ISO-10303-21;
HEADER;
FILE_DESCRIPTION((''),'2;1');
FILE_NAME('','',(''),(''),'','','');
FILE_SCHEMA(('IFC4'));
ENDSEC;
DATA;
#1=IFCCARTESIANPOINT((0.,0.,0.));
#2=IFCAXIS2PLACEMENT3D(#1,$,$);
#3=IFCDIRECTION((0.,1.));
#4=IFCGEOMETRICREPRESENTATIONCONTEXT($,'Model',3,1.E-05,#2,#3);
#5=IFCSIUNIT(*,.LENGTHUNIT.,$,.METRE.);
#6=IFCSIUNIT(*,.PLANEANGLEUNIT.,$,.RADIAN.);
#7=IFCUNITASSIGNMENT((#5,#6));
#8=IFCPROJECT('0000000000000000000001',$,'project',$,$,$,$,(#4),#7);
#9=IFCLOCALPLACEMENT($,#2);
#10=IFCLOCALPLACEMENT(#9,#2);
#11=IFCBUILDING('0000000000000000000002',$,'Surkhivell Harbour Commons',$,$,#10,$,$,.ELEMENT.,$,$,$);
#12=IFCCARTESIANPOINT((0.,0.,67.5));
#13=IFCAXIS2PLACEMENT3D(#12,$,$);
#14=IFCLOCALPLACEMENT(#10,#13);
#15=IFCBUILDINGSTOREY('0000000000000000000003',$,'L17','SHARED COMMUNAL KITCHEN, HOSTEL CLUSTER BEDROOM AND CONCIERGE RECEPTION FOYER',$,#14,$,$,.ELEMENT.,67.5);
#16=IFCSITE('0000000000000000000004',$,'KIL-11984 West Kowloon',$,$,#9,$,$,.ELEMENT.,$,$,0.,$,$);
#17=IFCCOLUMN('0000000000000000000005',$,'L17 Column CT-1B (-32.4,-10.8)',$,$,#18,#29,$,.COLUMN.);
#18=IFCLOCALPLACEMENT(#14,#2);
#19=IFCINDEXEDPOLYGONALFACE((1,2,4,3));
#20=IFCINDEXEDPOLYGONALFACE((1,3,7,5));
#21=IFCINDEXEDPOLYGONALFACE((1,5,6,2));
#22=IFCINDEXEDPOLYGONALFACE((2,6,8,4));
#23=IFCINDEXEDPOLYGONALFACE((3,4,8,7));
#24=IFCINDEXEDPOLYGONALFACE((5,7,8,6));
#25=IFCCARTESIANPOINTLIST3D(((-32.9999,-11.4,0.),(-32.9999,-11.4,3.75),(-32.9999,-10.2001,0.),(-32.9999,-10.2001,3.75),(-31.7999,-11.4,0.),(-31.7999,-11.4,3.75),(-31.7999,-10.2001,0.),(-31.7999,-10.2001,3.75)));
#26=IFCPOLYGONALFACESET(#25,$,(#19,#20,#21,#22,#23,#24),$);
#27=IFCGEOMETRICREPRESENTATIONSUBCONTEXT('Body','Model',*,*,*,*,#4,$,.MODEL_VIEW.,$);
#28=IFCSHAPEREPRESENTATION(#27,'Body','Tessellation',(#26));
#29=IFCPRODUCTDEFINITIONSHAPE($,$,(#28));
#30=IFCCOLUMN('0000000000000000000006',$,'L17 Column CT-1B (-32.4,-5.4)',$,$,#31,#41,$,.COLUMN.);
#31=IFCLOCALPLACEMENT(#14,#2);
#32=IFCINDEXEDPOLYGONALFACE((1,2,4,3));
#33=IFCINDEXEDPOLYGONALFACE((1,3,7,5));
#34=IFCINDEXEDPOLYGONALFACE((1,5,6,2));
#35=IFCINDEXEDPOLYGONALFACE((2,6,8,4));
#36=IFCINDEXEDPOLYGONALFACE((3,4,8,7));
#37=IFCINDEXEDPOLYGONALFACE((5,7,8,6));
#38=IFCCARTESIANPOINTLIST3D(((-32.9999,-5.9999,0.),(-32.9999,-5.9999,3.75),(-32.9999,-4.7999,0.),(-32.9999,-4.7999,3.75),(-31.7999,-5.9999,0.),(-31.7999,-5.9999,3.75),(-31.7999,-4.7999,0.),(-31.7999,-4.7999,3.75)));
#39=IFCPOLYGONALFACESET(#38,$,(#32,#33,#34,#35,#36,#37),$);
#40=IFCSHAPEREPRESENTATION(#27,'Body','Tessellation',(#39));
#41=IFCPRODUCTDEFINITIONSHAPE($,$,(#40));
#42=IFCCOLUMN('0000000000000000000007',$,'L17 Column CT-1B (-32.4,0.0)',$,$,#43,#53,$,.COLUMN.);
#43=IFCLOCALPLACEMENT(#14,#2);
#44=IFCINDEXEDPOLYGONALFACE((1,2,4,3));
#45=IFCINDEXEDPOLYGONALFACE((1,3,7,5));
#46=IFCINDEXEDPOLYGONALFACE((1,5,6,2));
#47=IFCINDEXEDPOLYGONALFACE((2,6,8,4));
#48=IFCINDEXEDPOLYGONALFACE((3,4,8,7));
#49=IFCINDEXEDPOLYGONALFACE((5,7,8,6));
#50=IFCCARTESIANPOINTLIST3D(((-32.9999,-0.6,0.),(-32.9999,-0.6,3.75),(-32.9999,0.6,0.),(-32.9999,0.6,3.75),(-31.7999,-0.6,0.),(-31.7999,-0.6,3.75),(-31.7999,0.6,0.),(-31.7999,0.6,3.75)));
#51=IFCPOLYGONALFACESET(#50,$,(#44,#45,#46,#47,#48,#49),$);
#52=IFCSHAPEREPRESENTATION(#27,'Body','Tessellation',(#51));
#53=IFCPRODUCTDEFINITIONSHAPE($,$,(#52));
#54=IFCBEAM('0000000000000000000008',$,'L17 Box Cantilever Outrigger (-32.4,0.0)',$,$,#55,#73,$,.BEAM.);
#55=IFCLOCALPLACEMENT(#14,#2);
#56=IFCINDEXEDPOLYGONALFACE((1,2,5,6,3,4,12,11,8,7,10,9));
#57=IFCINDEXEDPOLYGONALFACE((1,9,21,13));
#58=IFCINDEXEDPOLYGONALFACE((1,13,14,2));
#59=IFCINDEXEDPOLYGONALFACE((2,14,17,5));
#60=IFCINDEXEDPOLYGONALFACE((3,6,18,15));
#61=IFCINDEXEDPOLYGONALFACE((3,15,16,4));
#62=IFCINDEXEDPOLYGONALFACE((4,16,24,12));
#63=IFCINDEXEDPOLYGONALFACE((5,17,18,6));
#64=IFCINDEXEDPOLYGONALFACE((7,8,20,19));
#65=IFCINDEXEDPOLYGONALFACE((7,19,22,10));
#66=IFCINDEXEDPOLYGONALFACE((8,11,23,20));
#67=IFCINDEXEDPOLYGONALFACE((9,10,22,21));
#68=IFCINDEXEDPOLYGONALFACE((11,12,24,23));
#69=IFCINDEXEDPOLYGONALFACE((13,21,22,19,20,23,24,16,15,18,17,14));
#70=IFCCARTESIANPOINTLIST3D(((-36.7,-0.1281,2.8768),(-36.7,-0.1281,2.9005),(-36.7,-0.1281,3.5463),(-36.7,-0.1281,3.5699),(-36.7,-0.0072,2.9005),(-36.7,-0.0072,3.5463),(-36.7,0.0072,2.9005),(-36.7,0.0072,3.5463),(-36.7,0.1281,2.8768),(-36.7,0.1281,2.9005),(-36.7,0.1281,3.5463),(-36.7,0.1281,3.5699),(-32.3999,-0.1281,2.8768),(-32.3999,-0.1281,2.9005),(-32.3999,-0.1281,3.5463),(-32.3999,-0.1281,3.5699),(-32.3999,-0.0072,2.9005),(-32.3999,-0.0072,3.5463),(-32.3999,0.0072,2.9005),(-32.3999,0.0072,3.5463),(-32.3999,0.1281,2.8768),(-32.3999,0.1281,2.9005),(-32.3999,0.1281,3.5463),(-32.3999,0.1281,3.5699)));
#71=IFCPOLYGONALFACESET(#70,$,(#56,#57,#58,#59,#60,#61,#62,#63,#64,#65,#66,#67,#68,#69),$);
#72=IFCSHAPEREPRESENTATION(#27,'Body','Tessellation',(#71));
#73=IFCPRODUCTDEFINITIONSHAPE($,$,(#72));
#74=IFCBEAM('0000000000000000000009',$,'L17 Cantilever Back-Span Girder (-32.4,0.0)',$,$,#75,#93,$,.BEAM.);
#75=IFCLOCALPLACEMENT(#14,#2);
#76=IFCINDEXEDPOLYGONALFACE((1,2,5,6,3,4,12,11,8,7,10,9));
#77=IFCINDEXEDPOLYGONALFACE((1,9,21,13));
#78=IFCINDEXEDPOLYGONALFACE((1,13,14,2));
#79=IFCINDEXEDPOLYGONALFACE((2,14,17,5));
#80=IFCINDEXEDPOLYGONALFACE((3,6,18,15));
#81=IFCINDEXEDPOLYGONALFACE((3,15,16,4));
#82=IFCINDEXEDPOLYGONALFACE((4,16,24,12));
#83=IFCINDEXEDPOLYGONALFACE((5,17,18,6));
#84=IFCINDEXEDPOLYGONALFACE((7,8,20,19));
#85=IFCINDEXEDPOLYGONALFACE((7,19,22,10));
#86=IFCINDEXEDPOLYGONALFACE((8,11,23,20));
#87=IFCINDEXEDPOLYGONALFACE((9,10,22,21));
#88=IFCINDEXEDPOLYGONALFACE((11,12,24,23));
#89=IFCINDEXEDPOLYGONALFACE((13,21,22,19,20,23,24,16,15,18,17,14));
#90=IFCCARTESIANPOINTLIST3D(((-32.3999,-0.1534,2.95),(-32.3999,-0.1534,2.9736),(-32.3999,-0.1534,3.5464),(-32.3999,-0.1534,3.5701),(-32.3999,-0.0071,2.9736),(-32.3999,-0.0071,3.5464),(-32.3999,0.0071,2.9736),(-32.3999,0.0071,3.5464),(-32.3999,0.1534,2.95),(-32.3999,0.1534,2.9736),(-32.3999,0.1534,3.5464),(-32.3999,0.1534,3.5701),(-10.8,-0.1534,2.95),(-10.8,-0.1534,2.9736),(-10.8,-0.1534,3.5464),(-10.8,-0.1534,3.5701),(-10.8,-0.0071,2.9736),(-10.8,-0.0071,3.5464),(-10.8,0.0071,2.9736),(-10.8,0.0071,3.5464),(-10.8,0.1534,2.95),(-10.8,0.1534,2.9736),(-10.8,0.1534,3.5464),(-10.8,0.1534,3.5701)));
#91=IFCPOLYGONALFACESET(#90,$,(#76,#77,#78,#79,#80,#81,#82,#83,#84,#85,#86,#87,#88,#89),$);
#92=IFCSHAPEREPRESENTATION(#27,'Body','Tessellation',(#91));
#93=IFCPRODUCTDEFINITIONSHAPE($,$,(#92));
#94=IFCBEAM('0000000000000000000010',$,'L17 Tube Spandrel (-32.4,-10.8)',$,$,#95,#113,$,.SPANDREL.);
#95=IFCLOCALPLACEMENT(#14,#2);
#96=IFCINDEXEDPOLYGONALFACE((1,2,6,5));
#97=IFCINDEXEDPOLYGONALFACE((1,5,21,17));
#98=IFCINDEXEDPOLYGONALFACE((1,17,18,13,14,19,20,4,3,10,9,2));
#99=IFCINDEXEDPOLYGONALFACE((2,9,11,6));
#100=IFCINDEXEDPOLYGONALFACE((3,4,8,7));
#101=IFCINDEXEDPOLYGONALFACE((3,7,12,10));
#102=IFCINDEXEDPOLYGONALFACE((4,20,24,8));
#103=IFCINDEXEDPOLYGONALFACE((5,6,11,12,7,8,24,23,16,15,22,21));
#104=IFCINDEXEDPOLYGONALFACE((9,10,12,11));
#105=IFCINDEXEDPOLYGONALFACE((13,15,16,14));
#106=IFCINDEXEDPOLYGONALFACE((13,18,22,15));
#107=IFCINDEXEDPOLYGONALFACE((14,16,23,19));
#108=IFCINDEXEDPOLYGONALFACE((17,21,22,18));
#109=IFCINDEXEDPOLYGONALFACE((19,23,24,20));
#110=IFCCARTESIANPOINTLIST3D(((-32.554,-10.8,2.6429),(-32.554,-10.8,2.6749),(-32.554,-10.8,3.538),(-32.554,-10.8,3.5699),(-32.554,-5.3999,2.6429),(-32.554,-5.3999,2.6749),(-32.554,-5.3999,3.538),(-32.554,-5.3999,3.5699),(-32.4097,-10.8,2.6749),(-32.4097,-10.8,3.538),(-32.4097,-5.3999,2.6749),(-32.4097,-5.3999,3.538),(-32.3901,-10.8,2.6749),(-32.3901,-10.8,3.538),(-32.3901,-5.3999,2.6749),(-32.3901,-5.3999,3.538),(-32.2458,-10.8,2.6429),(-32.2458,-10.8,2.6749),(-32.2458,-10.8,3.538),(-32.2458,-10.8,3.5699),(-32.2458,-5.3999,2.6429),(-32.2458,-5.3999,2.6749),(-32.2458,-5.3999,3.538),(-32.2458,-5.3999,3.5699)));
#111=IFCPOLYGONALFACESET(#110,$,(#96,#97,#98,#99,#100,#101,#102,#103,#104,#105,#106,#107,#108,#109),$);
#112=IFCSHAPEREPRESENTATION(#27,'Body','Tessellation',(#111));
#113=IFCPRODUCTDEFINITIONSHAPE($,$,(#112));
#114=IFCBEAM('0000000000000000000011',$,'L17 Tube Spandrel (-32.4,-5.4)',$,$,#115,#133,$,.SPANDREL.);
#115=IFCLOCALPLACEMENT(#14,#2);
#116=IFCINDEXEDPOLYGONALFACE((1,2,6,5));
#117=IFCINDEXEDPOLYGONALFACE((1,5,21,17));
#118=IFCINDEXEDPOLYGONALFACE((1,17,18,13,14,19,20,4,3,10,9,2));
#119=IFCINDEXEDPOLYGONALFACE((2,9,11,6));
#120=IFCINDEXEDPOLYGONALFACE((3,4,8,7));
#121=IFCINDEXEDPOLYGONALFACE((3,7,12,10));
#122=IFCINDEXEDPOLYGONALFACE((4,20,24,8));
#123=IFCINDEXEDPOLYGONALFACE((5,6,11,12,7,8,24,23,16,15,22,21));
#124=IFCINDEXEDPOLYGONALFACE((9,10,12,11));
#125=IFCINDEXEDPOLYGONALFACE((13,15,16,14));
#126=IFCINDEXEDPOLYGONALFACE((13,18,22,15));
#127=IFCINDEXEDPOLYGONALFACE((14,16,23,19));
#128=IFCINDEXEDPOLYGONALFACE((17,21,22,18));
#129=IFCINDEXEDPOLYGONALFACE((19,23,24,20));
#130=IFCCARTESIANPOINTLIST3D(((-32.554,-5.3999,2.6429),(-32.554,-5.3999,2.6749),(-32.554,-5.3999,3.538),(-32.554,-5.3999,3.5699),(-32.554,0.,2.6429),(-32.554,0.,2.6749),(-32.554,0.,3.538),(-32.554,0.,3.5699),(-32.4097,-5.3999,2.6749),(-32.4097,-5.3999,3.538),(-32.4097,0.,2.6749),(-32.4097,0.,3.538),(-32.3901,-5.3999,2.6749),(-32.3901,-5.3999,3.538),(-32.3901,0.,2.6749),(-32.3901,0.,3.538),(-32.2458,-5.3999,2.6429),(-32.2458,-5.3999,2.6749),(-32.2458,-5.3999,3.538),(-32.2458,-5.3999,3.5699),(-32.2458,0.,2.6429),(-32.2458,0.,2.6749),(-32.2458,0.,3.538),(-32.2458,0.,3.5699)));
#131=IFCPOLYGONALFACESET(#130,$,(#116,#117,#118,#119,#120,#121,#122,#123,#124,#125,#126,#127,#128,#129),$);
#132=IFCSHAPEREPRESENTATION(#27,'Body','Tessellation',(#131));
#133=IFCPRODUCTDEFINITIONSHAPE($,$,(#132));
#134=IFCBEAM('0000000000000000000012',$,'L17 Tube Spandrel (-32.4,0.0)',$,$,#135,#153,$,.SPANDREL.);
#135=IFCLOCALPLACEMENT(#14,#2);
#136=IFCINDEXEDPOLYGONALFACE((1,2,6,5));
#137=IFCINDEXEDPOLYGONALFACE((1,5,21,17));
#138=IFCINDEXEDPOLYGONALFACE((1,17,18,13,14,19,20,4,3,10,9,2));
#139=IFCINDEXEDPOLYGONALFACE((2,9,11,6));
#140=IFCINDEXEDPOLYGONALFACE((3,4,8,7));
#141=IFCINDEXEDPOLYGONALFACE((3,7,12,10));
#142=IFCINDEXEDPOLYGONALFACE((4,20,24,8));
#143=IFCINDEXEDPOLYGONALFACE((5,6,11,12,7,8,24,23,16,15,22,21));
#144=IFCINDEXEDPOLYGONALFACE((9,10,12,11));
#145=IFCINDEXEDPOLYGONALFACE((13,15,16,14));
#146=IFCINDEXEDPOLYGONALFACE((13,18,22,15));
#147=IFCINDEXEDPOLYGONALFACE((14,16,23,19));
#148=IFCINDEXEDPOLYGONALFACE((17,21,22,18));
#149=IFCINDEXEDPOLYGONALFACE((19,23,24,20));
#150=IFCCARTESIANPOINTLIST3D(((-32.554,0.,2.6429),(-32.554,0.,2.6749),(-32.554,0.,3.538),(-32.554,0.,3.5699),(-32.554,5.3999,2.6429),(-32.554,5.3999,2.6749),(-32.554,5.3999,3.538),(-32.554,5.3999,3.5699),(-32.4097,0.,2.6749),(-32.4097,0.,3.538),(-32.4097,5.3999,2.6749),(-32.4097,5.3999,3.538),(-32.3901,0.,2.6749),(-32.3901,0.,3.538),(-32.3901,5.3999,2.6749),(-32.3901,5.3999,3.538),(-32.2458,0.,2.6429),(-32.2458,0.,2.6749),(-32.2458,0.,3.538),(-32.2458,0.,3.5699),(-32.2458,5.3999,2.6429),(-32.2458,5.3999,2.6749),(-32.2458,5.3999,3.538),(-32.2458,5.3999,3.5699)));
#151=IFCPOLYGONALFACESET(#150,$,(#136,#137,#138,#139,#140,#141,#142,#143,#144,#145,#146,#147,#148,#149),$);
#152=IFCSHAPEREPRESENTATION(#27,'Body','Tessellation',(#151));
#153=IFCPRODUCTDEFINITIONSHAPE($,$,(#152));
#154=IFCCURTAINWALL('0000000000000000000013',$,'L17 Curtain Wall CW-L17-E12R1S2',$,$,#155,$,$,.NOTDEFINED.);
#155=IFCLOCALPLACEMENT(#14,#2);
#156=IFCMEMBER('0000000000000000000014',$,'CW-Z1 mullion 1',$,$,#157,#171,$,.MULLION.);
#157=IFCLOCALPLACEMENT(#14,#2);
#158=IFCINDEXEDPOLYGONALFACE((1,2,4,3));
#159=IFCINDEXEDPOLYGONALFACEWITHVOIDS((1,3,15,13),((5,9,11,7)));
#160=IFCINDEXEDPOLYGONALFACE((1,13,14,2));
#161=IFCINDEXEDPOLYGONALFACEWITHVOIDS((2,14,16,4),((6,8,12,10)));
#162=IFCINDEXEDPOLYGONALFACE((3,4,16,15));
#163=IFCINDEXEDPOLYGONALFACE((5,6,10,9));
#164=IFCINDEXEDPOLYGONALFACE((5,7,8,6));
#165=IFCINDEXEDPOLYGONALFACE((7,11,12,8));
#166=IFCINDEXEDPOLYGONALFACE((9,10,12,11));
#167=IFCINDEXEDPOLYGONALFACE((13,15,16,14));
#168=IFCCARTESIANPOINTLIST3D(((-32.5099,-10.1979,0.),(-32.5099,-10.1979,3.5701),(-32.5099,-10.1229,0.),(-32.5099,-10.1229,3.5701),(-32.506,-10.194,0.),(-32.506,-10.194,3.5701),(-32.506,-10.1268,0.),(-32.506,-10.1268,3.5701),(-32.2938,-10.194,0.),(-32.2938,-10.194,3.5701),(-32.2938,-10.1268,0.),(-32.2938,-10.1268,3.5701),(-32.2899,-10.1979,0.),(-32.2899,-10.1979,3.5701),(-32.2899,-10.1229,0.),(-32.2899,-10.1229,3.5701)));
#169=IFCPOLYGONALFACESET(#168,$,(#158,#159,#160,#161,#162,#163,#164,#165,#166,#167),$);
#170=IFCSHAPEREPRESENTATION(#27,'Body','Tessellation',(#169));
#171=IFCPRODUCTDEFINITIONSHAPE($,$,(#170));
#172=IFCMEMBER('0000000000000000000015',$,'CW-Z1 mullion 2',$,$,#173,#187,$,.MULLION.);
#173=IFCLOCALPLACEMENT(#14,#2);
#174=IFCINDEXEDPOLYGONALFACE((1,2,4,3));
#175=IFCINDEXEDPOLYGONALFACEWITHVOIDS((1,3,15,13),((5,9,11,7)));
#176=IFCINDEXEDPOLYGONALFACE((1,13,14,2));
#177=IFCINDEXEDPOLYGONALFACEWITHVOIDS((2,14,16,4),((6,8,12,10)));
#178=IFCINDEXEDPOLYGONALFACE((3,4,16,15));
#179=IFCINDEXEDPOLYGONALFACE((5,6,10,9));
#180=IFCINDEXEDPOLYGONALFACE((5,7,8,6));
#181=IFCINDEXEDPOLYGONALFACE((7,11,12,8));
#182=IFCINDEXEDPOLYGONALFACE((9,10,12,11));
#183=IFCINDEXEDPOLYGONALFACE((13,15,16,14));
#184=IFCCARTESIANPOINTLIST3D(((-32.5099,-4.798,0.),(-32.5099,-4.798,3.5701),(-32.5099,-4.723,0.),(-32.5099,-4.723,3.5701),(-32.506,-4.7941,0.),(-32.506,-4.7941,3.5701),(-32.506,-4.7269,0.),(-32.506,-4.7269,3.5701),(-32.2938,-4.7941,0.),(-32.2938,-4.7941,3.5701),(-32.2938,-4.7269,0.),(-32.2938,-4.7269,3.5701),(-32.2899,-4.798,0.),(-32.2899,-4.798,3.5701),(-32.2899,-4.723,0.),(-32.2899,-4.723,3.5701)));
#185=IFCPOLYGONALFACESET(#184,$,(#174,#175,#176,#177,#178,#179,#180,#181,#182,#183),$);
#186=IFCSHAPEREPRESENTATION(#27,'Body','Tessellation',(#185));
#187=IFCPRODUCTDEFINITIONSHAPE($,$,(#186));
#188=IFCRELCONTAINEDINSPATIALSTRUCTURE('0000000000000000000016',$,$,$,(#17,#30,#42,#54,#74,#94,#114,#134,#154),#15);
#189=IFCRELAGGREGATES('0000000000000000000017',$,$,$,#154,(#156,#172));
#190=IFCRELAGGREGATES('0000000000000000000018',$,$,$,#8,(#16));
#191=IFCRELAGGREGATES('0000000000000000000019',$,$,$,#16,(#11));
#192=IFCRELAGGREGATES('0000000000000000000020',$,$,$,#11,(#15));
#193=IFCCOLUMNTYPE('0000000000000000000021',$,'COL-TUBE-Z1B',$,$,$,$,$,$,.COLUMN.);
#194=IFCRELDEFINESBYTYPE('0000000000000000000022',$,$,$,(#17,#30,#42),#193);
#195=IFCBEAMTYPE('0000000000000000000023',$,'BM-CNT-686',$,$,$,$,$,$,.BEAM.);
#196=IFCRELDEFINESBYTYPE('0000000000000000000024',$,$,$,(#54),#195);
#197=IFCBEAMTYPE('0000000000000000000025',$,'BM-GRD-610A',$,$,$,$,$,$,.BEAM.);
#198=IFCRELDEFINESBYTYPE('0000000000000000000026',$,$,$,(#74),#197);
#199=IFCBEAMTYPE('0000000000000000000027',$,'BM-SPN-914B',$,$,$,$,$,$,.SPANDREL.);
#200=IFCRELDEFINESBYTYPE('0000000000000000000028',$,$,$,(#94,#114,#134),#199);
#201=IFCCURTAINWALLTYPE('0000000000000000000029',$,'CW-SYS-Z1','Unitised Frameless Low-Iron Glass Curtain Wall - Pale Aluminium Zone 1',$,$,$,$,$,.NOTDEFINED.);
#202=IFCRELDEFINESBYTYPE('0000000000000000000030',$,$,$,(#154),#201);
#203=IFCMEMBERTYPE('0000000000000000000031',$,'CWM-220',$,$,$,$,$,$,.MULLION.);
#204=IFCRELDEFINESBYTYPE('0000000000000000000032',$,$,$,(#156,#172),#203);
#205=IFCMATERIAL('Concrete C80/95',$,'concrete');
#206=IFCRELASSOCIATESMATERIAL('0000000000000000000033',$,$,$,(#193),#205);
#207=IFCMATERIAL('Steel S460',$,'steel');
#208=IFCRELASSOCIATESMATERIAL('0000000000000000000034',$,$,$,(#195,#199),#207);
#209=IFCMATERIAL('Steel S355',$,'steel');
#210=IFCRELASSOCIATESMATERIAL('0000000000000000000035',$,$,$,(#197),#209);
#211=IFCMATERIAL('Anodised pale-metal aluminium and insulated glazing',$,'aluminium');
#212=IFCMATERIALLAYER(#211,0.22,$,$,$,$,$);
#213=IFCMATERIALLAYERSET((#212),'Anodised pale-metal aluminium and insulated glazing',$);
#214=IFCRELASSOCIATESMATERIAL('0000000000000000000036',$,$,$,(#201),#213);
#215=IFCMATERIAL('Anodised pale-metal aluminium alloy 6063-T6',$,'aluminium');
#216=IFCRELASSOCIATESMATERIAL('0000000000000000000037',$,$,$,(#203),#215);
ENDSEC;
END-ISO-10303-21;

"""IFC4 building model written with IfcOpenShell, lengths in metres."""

from ifc_helpers import new_model, si_unit, direction, frame, origin, origin_2d, place, context, subcontext, project, spatial, rectangle, hollow_rectangle, i_section, extrude, material, layer, layer_set, material_profile, profile_set, type_object, element, aggregate, save


model = new_model("IFC4")

# Units and contexts
model_context = context("Model", 3, precision=1e-05, world=origin(), true_north=direction((0.0, 1.0)))
body_context = subcontext(model_context, "Body", "Model", "MODEL_VIEW")
ifc_project = project(units=[si_unit("LENGTHUNIT", "METRE"), si_unit("PLANEANGLEUNIT", "RADIAN")], contexts=[model_context])

# Site, building, storey
site_placement = place(None, origin())
site = spatial("IfcSite", under=ifc_project, at=site_placement, Name="KIL-11984 West Kowloon", CompositionType="ELEMENT", RefElevation=0.0)
building_placement = place(site_placement, origin())
building = spatial("IfcBuilding", under=site, at=building_placement, Name="Surkhivell Harbour Commons", CompositionType="ELEMENT")
storey_placement = place(building_placement, frame((0.0, 0.0, 67.5)))
storey = spatial("IfcBuildingStorey", under=building, at=storey_placement, Name="L17", Description="SHARED COMMUNAL KITCHEN, HOSTEL CLUSTER BEDROOM AND CONCIERGE RECEPTION FOYER", CompositionType="ELEMENT", Elevation=67.5)

# Columns
ifc_material_1 = material(Name="Concrete C80/95", Category="concrete")
ifc_material_profile_1 = material_profile(ifc_material_1, rectangle(XDim=1.2, YDim=1.2, at=origin_2d()), Name="RC-COL-1200x1200")
ifc_profile_set_1 = profile_set([ifc_material_profile_1], Name="Concrete C80/95")
column_type = type_object("IfcColumnType", Name="COL-TUBE-Z1B", PredefinedType="COLUMN", material=ifc_profile_set_1)
for number, where, z_axis, x_axis, name in (
    (1, (-32.3999, -10.8, 0.0), (0.0, 0.0, 1.0), (1.0, 0.0, 0.0), "L17 Column CT-1B (-32.4,-10.8)"),
    (2, (-32.3999, -5.3999, 0.0), (0.0, 0.0, 1.0), (1.0, 0.0, 0.0), "L17 Column CT-1B (-32.4,-5.4)"),
    (3, (-32.3999, 0.0, 0.0), (0.0, 0.0, 1.0), (1.0, 0.0, 0.0), "L17 Column CT-1B (-32.4,0.0)"),
):
    element("IfcColumn", number, at=place(storey_placement, frame(where, z_axis=z_axis, x_axis=x_axis)), inside=storey, type_object=column_type, Name=name, PredefinedType="COLUMN", context=body_context, shape_type="SweptSolid", body=[
        extrude(rectangle(XDim=1.2, YDim=1.2, at=origin_2d()), origin(), (0.0, 0.0, 1.0), 3.75),
    ])

# Beams
ifc_material_2 = material(Name="Steel S460", Category="steel")
ifc_material_profile_2 = material_profile(ifc_material_2, i_section(OverallWidth=0.2561, OverallDepth=0.6931, WebThickness=0.0144, FlangeThickness=0.0237, at=origin_2d()), Name="UB686x254x170")
ifc_profile_set_2 = profile_set([ifc_material_profile_2], Name="Steel S460")
beam_type_1 = type_object("IfcBeamType", Name="BM-CNT-686", PredefinedType="BEAM", material=ifc_profile_set_2)
beam_1_placement = place(storey_placement, frame((-32.3999, 0.0, 3.2234), z_axis=(-1.0, 0.0, 0.0), x_axis=(0.0, -1.0, 0.0)))
element("IfcBeam", 4, at=beam_1_placement, inside=storey, type_object=beam_type_1, Name="L17 Box Cantilever Outrigger (-32.4,0.0)", PredefinedType="BEAM", context=body_context, shape_type="SweptSolid", body=[
    extrude(i_section(OverallWidth=0.2561, OverallDepth=0.6931, WebThickness=0.0144, FlangeThickness=0.0237, at=origin_2d()), origin(), (0.0, 0.0, 1.0), 4.3),
])
ifc_material_3 = material(Name="Steel S355", Category="steel")
ifc_material_profile_3 = material_profile(ifc_material_3, i_section(OverallWidth=0.3069, OverallDepth=0.6201, WebThickness=0.0142, FlangeThickness=0.0237, at=origin_2d()), Name="UB610x305x179")
ifc_profile_set_3 = profile_set([ifc_material_profile_3], Name="Steel S355")
beam_type_2 = type_object("IfcBeamType", Name="BM-GRD-610A", PredefinedType="BEAM", material=ifc_profile_set_3)
beam_2_placement = place(storey_placement, frame((-32.3999, 0.0, 3.26), z_axis=(1.0, 0.0, 0.0), x_axis=(0.0, 1.0, 0.0)))
element("IfcBeam", 5, at=beam_2_placement, inside=storey, type_object=beam_type_2, Name="L17 Cantilever Back-Span Girder (-32.4,0.0)", PredefinedType="BEAM", context=body_context, shape_type="SweptSolid", body=[
    extrude(i_section(OverallWidth=0.3069, OverallDepth=0.6201, WebThickness=0.0142, FlangeThickness=0.0237, at=origin_2d()), origin(), (0.0, 0.0, 1.0), 21.5999),
])
ifc_material_profile_4 = material_profile(ifc_material_2, i_section(OverallWidth=0.3081, OverallDepth=0.927, WebThickness=0.0195, FlangeThickness=0.032, at=origin_2d()), Name="UB914x305x289")
ifc_profile_set_4 = profile_set([ifc_material_profile_4], Name="Steel S460")
beam_type_3 = type_object("IfcBeamType", Name="BM-SPN-914B", PredefinedType="SPANDREL", material=ifc_profile_set_4)
beam_3_placement = place(storey_placement, frame((-32.3999, -10.8, 3.1064), z_axis=(0.0, 1.0, 0.0), x_axis=(-1.0, 0.0, 0.0)))
element("IfcBeam", 6, at=beam_3_placement, inside=storey, type_object=beam_type_3, Name="L17 Tube Spandrel (-32.4,-10.8)", PredefinedType="SPANDREL", context=body_context, shape_type="SweptSolid", body=[
    extrude(i_section(OverallWidth=0.3081, OverallDepth=0.927, WebThickness=0.0195, FlangeThickness=0.032, at=origin_2d()), origin(), (0.0, 0.0, 1.0), 5.4001),
])
for number, where, z_axis, x_axis, name in (
    (7, (-32.3999, -5.3999, 3.1064), (0.0, 1.0, 0.0), (-1.0, 0.0, 0.0), "L17 Tube Spandrel (-32.4,-5.4)"),
    (8, (-32.3999, 0.0, 3.1064), (0.0, 1.0, 0.0), (-1.0, 0.0, 0.0), "L17 Tube Spandrel (-32.4,0.0)"),
):
    element("IfcBeam", number, at=place(storey_placement, frame(where, z_axis=z_axis, x_axis=x_axis)), inside=storey, type_object=beam_type_3, Name=name, PredefinedType="SPANDREL", context=body_context, shape_type="SweptSolid", body=[
        extrude(i_section(OverallWidth=0.3081, OverallDepth=0.927, WebThickness=0.0195, FlangeThickness=0.032, at=origin_2d()), origin(), (0.0, 0.0, 1.0), 5.3999),
    ])

# Curtain wall, members
ifc_material_4 = material(Name="Anodised pale-metal aluminium and insulated glazing", Category="aluminium")
ifc_layer_1 = layer(ifc_material_4, 0.22)
ifc_layer_set_1 = layer_set([ifc_layer_1], Name="Anodised pale-metal aluminium and insulated glazing")
curtain_wall_type = type_object("IfcCurtainWallType", Name="CW-SYS-Z1", Description="Unitised Frameless Low-Iron Glass Curtain Wall - Pale Aluminium Zone 1", PredefinedType="NOTDEFINED", material=ifc_layer_set_1)
curtain_wall_placement = place(storey_placement, origin())
curtain_wall = element("IfcCurtainWall", 9, at=curtain_wall_placement, inside=storey, type_object=curtain_wall_type, Name="L17 Curtain Wall CW-L17-E12R1S2", PredefinedType="NOTDEFINED")
ifc_material_5 = material(Name="Anodised pale-metal aluminium alloy 6063-T6", Category="aluminium")
ifc_material_profile_5 = material_profile(ifc_material_5, hollow_rectangle(XDim=0.075, YDim=0.22, WallThickness=0.0039, at=origin_2d()), Name="ALU-MULL-75x220")
ifc_profile_set_5 = profile_set([ifc_material_profile_5], Name="Anodised pale-metal aluminium alloy 6063-T6")
member_type_1 = type_object("IfcMemberType", Name="CWM-220", PredefinedType="MULLION", material=ifc_profile_set_5)
member_1_placement = place(storey_placement, frame((-32.3999, -10.1604, 0.0), z_axis=(0.0, 0.0, 1.0), x_axis=(0.0, 1.0, 0.0)))
member_1 = element("IfcMember", 10, at=member_1_placement, type_object=member_type_1, Name="CW-Z1 mullion 1", PredefinedType="MULLION", context=body_context, shape_type="SweptSolid", body=[
    extrude(hollow_rectangle(XDim=0.075, YDim=0.22, WallThickness=0.0039, at=origin_2d()), origin(), (0.0, 0.0, 1.0), 3.5701),
])
member_2_placement = place(storey_placement, frame((-32.3999, -4.7605, 0.0), z_axis=(0.0, 0.0, 1.0), x_axis=(0.0, 1.0, 0.0)))
member_2 = element("IfcMember", 11, at=member_2_placement, type_object=member_type_1, Name="CW-Z1 mullion 2", PredefinedType="MULLION", context=body_context, shape_type="SweptSolid", body=[
    extrude(hollow_rectangle(XDim=0.075, YDim=0.22, WallThickness=0.0039, at=origin_2d()), origin(), (0.0, 0.0, 1.0), 3.5701),
])

aggregate(curtain_wall, [member_1, member_2])

save(model, "model.ifc")
